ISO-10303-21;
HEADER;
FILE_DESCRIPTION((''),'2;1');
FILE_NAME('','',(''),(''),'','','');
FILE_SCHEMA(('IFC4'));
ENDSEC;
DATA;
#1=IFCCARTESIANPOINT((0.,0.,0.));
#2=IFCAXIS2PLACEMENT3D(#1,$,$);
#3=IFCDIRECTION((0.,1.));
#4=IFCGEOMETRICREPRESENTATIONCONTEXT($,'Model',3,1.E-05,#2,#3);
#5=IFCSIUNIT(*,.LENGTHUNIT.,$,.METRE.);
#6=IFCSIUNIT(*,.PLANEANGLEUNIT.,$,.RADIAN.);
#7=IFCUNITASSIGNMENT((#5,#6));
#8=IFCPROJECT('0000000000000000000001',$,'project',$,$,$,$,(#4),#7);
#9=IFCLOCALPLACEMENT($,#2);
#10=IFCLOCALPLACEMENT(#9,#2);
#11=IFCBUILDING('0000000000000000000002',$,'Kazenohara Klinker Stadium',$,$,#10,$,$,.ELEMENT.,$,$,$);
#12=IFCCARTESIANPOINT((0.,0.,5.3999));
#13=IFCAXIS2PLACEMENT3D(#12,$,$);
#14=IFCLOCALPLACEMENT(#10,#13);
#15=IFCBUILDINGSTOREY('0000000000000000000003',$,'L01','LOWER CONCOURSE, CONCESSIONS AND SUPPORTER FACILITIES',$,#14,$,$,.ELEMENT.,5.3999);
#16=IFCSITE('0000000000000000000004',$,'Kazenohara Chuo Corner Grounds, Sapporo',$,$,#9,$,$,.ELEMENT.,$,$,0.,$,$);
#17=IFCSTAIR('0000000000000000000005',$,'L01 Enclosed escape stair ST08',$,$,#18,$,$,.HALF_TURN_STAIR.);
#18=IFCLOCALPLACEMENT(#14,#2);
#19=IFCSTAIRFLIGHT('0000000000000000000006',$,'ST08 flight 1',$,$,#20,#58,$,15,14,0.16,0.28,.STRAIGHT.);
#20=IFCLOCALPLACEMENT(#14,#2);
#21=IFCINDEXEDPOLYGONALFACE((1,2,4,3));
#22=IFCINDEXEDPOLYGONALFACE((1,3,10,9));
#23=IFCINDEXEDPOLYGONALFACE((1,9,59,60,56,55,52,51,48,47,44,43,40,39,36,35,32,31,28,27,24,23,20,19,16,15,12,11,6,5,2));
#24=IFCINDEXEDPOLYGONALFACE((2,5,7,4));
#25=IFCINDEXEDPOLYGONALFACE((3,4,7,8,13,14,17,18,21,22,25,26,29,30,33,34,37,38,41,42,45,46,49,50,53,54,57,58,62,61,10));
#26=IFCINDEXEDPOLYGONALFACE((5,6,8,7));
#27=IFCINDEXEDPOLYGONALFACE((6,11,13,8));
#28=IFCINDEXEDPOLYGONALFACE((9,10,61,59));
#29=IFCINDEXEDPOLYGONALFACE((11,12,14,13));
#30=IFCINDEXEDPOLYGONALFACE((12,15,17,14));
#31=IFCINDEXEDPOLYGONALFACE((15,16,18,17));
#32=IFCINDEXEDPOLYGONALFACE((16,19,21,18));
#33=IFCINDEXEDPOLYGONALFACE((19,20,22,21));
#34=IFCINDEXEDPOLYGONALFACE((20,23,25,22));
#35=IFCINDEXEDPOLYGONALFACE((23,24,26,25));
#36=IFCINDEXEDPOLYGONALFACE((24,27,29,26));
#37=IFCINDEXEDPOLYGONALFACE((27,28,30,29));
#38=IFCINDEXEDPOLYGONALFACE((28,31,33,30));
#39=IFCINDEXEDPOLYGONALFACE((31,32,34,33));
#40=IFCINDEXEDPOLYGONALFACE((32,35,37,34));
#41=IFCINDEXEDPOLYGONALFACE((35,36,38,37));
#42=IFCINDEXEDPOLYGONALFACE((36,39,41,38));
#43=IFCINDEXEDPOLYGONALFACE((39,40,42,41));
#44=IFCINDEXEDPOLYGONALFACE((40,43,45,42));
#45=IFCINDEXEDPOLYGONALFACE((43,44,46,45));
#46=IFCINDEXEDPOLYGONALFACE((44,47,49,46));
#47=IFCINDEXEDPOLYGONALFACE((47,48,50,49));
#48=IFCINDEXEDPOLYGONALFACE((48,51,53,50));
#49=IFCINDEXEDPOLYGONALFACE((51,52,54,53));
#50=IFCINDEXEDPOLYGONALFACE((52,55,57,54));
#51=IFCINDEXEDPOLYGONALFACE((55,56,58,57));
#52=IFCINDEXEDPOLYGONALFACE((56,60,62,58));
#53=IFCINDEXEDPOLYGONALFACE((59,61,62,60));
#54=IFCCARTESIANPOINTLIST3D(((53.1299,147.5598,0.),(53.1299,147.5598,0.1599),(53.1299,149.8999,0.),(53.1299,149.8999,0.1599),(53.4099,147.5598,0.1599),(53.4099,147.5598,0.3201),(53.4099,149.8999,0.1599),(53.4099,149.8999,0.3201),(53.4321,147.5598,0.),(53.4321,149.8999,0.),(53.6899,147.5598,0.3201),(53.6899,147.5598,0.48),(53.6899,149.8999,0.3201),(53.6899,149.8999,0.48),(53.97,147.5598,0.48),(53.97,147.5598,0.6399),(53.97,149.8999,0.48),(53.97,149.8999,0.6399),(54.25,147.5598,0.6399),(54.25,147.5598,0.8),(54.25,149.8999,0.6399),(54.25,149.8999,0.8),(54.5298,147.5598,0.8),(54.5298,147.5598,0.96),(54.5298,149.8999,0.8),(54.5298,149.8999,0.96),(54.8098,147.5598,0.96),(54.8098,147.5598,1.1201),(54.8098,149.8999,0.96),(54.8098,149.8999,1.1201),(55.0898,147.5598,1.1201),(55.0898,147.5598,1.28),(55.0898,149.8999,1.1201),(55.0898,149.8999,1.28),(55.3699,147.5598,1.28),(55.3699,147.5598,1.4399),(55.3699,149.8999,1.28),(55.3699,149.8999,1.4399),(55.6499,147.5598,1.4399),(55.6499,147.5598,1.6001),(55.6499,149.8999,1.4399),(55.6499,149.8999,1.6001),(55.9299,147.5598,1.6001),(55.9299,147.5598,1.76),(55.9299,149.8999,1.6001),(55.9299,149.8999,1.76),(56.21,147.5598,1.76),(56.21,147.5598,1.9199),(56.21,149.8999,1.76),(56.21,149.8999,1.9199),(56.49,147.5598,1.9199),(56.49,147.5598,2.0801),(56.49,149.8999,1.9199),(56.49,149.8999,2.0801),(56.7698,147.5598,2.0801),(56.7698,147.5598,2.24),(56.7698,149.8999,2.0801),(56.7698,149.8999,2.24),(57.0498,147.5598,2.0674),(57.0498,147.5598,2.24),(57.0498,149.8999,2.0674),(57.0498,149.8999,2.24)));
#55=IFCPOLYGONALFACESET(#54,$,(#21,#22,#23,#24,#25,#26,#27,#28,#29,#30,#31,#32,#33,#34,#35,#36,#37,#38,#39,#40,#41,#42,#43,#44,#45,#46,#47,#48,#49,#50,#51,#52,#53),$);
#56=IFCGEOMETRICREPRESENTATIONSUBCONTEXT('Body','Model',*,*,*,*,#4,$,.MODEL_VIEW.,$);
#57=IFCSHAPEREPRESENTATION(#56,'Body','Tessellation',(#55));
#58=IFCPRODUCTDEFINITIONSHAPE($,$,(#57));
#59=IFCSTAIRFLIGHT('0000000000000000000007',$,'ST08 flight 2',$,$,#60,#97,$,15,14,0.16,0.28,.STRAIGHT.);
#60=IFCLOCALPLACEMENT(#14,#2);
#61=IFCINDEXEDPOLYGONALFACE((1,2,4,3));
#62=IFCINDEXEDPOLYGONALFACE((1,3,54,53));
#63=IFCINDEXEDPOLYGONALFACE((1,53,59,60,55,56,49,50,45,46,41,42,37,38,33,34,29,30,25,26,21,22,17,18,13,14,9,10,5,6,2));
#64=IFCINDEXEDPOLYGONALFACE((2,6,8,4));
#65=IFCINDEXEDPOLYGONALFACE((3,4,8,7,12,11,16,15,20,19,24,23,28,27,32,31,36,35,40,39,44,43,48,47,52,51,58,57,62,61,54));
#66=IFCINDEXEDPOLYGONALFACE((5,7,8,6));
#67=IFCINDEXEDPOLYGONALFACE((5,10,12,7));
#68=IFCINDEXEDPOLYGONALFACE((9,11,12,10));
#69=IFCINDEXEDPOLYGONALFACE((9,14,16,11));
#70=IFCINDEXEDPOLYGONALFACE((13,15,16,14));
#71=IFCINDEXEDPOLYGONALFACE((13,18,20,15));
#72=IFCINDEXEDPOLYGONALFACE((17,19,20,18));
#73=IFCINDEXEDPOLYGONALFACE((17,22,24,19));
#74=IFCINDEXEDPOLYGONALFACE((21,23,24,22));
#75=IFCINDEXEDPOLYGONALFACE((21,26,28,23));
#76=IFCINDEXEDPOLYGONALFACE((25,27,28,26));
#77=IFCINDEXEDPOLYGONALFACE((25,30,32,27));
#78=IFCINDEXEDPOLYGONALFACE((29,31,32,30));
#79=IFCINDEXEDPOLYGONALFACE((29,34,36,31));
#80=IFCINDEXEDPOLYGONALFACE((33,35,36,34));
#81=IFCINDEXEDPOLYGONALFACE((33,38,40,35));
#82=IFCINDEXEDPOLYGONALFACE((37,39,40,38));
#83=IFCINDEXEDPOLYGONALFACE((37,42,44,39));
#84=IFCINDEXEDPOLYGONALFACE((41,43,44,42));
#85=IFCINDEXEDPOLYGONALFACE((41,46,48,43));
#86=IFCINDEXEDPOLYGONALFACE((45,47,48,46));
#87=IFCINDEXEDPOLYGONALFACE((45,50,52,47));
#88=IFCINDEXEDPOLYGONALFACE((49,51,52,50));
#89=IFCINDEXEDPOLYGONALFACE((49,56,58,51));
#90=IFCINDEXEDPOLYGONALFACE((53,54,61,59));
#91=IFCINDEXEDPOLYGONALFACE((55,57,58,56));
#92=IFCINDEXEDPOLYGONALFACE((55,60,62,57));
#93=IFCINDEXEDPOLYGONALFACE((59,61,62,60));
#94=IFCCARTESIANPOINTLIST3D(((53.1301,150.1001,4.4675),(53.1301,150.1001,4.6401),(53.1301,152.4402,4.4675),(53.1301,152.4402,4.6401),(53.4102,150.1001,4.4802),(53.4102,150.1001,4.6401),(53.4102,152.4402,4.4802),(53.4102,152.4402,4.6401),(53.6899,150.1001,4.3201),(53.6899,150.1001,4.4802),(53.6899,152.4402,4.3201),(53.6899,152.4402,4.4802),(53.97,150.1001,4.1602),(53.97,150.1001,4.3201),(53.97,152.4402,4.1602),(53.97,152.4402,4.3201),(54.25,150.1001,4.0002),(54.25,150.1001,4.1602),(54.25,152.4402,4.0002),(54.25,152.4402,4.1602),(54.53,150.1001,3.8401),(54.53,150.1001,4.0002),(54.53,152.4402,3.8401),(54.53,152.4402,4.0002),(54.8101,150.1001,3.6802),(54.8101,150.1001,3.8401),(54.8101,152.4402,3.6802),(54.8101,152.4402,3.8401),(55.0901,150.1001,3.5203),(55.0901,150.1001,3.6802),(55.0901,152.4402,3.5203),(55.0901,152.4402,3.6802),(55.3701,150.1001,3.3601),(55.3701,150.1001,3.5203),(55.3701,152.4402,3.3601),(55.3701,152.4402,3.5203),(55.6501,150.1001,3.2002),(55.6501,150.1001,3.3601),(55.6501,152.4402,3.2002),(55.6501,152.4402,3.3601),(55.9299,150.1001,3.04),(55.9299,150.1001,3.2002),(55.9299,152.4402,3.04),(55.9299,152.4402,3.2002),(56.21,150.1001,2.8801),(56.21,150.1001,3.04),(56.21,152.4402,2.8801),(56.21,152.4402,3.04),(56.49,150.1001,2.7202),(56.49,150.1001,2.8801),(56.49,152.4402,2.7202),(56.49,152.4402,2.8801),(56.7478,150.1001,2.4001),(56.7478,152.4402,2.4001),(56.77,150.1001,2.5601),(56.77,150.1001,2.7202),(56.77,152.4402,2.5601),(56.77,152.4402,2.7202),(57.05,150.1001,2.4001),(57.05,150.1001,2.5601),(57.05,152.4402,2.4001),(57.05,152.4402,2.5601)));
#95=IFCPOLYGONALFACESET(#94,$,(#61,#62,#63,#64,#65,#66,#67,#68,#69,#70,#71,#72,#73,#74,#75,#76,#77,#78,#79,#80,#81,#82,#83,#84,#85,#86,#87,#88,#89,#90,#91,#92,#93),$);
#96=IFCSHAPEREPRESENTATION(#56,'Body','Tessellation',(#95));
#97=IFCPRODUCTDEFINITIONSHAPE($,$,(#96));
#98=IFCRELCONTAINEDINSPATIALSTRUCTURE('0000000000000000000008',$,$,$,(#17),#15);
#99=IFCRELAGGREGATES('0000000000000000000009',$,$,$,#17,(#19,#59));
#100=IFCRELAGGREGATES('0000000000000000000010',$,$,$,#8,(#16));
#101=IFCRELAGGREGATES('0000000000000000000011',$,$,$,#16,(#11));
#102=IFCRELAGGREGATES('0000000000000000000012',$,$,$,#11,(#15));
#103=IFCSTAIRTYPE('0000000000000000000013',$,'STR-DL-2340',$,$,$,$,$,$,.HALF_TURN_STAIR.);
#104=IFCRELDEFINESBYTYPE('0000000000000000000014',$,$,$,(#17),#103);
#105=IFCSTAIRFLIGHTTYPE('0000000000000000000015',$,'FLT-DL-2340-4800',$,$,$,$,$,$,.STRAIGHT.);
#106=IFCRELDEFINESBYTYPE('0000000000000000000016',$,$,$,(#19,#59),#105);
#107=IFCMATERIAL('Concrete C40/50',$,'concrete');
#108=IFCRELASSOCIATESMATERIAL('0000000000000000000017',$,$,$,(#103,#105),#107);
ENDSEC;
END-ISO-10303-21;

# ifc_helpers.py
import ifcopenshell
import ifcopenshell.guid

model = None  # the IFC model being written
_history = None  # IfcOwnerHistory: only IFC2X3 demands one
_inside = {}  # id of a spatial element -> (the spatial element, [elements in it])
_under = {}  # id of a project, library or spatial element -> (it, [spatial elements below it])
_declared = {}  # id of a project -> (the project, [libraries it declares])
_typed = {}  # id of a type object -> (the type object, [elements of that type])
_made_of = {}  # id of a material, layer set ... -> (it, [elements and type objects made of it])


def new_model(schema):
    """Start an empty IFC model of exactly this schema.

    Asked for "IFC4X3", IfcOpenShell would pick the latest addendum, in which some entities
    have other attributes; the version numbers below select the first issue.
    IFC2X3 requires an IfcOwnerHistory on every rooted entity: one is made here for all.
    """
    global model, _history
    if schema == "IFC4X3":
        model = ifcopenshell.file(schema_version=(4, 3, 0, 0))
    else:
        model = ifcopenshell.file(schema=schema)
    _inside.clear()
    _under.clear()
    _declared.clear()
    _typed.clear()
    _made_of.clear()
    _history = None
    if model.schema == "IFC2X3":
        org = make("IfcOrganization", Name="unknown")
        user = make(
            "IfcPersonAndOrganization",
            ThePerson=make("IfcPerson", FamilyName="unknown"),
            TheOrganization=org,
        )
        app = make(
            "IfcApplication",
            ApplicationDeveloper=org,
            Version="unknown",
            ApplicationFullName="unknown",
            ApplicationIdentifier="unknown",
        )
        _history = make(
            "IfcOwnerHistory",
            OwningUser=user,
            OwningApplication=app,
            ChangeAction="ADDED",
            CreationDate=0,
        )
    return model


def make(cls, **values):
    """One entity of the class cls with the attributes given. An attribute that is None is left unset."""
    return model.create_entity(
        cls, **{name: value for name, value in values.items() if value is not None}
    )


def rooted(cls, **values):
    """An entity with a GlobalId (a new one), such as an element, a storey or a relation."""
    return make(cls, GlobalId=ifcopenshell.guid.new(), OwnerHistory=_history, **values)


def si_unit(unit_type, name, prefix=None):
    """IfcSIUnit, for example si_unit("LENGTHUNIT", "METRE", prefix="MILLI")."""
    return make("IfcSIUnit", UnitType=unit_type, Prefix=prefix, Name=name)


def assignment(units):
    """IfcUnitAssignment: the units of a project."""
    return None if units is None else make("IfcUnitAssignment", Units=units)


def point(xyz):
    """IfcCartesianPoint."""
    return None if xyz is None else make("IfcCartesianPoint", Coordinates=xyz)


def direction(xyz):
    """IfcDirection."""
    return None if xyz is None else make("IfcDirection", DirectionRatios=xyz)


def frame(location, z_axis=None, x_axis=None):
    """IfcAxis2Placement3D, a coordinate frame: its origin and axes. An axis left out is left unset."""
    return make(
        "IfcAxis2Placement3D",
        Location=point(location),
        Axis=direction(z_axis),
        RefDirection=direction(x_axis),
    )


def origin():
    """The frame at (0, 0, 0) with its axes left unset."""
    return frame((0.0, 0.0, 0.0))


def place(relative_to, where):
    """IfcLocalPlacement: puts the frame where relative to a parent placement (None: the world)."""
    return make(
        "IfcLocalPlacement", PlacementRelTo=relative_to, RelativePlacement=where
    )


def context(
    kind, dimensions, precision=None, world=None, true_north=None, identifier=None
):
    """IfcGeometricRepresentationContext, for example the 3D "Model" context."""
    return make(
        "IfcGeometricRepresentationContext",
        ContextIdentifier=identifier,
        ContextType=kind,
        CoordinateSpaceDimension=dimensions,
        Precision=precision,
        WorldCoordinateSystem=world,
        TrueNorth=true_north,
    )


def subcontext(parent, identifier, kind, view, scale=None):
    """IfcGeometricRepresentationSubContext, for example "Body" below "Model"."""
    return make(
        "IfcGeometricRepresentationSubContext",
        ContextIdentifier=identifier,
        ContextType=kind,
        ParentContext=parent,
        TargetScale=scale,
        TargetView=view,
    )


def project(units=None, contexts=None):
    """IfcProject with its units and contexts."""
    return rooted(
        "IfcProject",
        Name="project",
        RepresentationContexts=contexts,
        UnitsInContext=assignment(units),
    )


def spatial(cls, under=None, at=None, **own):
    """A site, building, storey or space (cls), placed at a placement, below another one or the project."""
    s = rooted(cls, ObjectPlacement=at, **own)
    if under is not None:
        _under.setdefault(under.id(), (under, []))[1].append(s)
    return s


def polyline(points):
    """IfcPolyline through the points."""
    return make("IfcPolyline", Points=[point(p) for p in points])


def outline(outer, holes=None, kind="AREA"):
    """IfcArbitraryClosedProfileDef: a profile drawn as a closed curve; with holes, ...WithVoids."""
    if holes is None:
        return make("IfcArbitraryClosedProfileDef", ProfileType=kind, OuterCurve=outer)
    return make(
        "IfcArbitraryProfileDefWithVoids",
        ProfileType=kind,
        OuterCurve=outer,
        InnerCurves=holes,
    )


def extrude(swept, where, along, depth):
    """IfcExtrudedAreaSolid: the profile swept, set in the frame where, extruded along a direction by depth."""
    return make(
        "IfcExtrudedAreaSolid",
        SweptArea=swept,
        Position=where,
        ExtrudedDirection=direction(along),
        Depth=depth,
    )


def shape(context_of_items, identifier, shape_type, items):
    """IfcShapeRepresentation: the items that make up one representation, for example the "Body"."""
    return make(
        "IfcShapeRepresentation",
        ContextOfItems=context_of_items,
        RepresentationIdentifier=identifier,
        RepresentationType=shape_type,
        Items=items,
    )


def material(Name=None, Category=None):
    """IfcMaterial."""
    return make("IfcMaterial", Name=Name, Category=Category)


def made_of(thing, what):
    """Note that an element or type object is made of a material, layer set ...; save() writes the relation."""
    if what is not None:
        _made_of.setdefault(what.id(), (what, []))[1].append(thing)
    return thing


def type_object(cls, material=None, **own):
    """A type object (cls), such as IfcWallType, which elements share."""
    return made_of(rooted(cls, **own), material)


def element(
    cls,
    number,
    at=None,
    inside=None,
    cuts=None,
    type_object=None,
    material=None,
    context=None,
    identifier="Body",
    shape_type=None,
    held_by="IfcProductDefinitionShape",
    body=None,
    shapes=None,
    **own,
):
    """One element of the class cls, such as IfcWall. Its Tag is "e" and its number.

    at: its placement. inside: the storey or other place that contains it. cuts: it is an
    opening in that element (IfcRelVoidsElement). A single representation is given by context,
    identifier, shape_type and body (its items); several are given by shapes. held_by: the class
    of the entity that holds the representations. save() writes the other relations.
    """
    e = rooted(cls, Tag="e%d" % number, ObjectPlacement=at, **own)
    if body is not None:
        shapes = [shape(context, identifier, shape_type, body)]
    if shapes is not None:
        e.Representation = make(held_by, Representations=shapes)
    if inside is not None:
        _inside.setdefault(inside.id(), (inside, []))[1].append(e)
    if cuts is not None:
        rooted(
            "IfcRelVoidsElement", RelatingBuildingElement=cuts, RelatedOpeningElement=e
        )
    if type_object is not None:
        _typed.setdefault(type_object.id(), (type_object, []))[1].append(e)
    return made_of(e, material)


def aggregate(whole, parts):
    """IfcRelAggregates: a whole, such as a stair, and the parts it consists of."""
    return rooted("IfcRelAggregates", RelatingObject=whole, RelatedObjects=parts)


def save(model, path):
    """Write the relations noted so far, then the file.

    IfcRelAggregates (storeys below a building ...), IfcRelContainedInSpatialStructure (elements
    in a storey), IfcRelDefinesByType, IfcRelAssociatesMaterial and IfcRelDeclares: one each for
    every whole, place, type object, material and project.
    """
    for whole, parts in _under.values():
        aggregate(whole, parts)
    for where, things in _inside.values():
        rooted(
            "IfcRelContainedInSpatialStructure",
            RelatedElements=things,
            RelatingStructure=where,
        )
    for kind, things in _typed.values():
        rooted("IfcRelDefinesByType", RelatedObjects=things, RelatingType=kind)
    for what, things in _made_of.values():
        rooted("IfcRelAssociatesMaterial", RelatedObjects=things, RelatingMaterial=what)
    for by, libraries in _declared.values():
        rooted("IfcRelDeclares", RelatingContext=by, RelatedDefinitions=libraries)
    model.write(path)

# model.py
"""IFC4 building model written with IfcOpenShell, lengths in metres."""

from ifc_helpers import new_model, si_unit, direction, frame, origin, place, context, subcontext, project, spatial, polyline, outline, extrude, material, type_object, element, aggregate, save


model = new_model("IFC4")

# Units and contexts
model_context = context("Model", 3, precision=1e-05, world=origin(), true_north=direction((0.0, 1.0)))
body_context = subcontext(model_context, "Body", "Model", "MODEL_VIEW")
ifc_project = project(units=[si_unit("LENGTHUNIT", "METRE"), si_unit("PLANEANGLEUNIT", "RADIAN")], contexts=[model_context])

# Site, building, storey
site_placement = place(None, origin())
site = spatial("IfcSite", under=ifc_project, at=site_placement, Name="Kazenohara Chuo Corner Grounds, Sapporo", CompositionType="ELEMENT", RefElevation=0.0)
building_placement = place(site_placement, origin())
building = spatial("IfcBuilding", under=site, at=building_placement, Name="Kazenohara Klinker Stadium", CompositionType="ELEMENT")
storey_placement = place(building_placement, frame((0.0, 0.0, 5.3999)))
storey = spatial("IfcBuildingStorey", under=building, at=storey_placement, Name="L01", Description="LOWER CONCOURSE, CONCESSIONS AND SUPPORTER FACILITIES", CompositionType="ELEMENT", Elevation=5.3999)

# Shared definitions
ifc_material_1 = material(Name="Concrete C40/50", Category="concrete")

# Stair, stair flights
stair_type = type_object("IfcStairType", Name="STR-DL-2340", PredefinedType="HALF_TURN_STAIR", material=ifc_material_1)
stair_placement = place(storey_placement, origin())
stair = element("IfcStair", 1, at=stair_placement, inside=storey, type_object=stair_type, Name="L01 Enclosed escape stair ST08", PredefinedType="HALF_TURN_STAIR")
stair_flight_type = type_object("IfcStairFlightType", Name="FLT-DL-2340-4800", PredefinedType="STRAIGHT", material=ifc_material_1)
stair_flight_1_placement = place(storey_placement, frame((53.1299, 148.73, 0.0), z_axis=(0.0, 0.0, 1.0), x_axis=(1.0, 0.0, 0.0)))
stair_flight_1 = element("IfcStairFlight", 2, at=stair_flight_1_placement, type_object=stair_flight_type, Name="ST08 flight 1", NumberOfRisers=15, NumberOfTreads=14, PredefinedType="STRAIGHT", RiserHeight=0.16, TreadLength=0.28, context=body_context, shape_type="SweptSolid", body=[
    extrude(outline(polyline([(0.0, 0.0), (0.0, 0.1599), (0.28, 0.1599), (0.28, 0.3201), (0.5601, 0.3201), (0.5601, 0.48), (0.8401, 0.48), (0.8401, 0.6399), (1.1201, 0.6399), (1.1201, 0.8), (1.3999, 0.8), (1.3999, 0.96), (1.6799, 0.96), (1.6799, 1.1201), (1.96, 1.1201), (1.96, 1.28), (2.24, 1.28), (2.24, 1.4399), (2.52, 1.4399), (2.52, 1.6001), (2.8, 1.6001), (2.8, 1.76), (3.0801, 1.76), (3.0801, 1.9199), (3.3601, 1.9199), (3.3601, 2.0801), (3.6399, 2.0801), (3.6399, 2.24), (3.9199, 2.24), (3.9199, 2.3999), (3.9199, 2.0674), (0.3022, 0.0), (0.0, 0.0)])), frame((0.0, 1.1699, 0.0), z_axis=(0.0, -1.0, 0.0), x_axis=(1.0, 0.0, 0.0)), (0.0, 0.0, 1.0), 2.3401),
])
stair_flight_2_placement = place(storey_placement, frame((57.05, 151.27, 2.4001), z_axis=(0.0, 0.0, 1.0), x_axis=(-1.0, 0.0, 0.0)))
stair_flight_2 = element("IfcStairFlight", 3, at=stair_flight_2_placement, type_object=stair_flight_type, Name="ST08 flight 2", NumberOfRisers=15, NumberOfTreads=14, PredefinedType="STRAIGHT", RiserHeight=0.16, TreadLength=0.28, context=body_context, shape_type="SweptSolid", body=[
    extrude(outline(polyline([(0.0, 0.0), (0.0, 0.1599), (0.28, 0.1599), (0.28, 0.3201), (0.5601, 0.3201), (0.5601, 0.48), (0.8401, 0.48), (0.8401, 0.6399), (1.1201, 0.6399), (1.1201, 0.8), (1.3999, 0.8), (1.3999, 0.96), (1.6799, 0.96), (1.6799, 1.1201), (1.96, 1.1201), (1.96, 1.28), (2.24, 1.28), (2.24, 1.4399), (2.52, 1.4399), (2.52, 1.6001), (2.8, 1.6001), (2.8, 1.76), (3.0801, 1.76), (3.0801, 1.9199), (3.3601, 1.9199), (3.3601, 2.0801), (3.6399, 2.0801), (3.6399, 2.24), (3.9199, 2.24), (3.9199, 2.3999), (3.9199, 2.0674), (0.3022, 0.0), (0.0, 0.0)])), frame((0.0, 1.1699, 0.0), z_axis=(0.0, -1.0, 0.0), x_axis=(1.0, 0.0, 0.0)), (0.0, 0.0, 1.0), 2.3401),
])
aggregate(stair, [stair_flight_1, stair_flight_2])

save(model, "model.ifc")
